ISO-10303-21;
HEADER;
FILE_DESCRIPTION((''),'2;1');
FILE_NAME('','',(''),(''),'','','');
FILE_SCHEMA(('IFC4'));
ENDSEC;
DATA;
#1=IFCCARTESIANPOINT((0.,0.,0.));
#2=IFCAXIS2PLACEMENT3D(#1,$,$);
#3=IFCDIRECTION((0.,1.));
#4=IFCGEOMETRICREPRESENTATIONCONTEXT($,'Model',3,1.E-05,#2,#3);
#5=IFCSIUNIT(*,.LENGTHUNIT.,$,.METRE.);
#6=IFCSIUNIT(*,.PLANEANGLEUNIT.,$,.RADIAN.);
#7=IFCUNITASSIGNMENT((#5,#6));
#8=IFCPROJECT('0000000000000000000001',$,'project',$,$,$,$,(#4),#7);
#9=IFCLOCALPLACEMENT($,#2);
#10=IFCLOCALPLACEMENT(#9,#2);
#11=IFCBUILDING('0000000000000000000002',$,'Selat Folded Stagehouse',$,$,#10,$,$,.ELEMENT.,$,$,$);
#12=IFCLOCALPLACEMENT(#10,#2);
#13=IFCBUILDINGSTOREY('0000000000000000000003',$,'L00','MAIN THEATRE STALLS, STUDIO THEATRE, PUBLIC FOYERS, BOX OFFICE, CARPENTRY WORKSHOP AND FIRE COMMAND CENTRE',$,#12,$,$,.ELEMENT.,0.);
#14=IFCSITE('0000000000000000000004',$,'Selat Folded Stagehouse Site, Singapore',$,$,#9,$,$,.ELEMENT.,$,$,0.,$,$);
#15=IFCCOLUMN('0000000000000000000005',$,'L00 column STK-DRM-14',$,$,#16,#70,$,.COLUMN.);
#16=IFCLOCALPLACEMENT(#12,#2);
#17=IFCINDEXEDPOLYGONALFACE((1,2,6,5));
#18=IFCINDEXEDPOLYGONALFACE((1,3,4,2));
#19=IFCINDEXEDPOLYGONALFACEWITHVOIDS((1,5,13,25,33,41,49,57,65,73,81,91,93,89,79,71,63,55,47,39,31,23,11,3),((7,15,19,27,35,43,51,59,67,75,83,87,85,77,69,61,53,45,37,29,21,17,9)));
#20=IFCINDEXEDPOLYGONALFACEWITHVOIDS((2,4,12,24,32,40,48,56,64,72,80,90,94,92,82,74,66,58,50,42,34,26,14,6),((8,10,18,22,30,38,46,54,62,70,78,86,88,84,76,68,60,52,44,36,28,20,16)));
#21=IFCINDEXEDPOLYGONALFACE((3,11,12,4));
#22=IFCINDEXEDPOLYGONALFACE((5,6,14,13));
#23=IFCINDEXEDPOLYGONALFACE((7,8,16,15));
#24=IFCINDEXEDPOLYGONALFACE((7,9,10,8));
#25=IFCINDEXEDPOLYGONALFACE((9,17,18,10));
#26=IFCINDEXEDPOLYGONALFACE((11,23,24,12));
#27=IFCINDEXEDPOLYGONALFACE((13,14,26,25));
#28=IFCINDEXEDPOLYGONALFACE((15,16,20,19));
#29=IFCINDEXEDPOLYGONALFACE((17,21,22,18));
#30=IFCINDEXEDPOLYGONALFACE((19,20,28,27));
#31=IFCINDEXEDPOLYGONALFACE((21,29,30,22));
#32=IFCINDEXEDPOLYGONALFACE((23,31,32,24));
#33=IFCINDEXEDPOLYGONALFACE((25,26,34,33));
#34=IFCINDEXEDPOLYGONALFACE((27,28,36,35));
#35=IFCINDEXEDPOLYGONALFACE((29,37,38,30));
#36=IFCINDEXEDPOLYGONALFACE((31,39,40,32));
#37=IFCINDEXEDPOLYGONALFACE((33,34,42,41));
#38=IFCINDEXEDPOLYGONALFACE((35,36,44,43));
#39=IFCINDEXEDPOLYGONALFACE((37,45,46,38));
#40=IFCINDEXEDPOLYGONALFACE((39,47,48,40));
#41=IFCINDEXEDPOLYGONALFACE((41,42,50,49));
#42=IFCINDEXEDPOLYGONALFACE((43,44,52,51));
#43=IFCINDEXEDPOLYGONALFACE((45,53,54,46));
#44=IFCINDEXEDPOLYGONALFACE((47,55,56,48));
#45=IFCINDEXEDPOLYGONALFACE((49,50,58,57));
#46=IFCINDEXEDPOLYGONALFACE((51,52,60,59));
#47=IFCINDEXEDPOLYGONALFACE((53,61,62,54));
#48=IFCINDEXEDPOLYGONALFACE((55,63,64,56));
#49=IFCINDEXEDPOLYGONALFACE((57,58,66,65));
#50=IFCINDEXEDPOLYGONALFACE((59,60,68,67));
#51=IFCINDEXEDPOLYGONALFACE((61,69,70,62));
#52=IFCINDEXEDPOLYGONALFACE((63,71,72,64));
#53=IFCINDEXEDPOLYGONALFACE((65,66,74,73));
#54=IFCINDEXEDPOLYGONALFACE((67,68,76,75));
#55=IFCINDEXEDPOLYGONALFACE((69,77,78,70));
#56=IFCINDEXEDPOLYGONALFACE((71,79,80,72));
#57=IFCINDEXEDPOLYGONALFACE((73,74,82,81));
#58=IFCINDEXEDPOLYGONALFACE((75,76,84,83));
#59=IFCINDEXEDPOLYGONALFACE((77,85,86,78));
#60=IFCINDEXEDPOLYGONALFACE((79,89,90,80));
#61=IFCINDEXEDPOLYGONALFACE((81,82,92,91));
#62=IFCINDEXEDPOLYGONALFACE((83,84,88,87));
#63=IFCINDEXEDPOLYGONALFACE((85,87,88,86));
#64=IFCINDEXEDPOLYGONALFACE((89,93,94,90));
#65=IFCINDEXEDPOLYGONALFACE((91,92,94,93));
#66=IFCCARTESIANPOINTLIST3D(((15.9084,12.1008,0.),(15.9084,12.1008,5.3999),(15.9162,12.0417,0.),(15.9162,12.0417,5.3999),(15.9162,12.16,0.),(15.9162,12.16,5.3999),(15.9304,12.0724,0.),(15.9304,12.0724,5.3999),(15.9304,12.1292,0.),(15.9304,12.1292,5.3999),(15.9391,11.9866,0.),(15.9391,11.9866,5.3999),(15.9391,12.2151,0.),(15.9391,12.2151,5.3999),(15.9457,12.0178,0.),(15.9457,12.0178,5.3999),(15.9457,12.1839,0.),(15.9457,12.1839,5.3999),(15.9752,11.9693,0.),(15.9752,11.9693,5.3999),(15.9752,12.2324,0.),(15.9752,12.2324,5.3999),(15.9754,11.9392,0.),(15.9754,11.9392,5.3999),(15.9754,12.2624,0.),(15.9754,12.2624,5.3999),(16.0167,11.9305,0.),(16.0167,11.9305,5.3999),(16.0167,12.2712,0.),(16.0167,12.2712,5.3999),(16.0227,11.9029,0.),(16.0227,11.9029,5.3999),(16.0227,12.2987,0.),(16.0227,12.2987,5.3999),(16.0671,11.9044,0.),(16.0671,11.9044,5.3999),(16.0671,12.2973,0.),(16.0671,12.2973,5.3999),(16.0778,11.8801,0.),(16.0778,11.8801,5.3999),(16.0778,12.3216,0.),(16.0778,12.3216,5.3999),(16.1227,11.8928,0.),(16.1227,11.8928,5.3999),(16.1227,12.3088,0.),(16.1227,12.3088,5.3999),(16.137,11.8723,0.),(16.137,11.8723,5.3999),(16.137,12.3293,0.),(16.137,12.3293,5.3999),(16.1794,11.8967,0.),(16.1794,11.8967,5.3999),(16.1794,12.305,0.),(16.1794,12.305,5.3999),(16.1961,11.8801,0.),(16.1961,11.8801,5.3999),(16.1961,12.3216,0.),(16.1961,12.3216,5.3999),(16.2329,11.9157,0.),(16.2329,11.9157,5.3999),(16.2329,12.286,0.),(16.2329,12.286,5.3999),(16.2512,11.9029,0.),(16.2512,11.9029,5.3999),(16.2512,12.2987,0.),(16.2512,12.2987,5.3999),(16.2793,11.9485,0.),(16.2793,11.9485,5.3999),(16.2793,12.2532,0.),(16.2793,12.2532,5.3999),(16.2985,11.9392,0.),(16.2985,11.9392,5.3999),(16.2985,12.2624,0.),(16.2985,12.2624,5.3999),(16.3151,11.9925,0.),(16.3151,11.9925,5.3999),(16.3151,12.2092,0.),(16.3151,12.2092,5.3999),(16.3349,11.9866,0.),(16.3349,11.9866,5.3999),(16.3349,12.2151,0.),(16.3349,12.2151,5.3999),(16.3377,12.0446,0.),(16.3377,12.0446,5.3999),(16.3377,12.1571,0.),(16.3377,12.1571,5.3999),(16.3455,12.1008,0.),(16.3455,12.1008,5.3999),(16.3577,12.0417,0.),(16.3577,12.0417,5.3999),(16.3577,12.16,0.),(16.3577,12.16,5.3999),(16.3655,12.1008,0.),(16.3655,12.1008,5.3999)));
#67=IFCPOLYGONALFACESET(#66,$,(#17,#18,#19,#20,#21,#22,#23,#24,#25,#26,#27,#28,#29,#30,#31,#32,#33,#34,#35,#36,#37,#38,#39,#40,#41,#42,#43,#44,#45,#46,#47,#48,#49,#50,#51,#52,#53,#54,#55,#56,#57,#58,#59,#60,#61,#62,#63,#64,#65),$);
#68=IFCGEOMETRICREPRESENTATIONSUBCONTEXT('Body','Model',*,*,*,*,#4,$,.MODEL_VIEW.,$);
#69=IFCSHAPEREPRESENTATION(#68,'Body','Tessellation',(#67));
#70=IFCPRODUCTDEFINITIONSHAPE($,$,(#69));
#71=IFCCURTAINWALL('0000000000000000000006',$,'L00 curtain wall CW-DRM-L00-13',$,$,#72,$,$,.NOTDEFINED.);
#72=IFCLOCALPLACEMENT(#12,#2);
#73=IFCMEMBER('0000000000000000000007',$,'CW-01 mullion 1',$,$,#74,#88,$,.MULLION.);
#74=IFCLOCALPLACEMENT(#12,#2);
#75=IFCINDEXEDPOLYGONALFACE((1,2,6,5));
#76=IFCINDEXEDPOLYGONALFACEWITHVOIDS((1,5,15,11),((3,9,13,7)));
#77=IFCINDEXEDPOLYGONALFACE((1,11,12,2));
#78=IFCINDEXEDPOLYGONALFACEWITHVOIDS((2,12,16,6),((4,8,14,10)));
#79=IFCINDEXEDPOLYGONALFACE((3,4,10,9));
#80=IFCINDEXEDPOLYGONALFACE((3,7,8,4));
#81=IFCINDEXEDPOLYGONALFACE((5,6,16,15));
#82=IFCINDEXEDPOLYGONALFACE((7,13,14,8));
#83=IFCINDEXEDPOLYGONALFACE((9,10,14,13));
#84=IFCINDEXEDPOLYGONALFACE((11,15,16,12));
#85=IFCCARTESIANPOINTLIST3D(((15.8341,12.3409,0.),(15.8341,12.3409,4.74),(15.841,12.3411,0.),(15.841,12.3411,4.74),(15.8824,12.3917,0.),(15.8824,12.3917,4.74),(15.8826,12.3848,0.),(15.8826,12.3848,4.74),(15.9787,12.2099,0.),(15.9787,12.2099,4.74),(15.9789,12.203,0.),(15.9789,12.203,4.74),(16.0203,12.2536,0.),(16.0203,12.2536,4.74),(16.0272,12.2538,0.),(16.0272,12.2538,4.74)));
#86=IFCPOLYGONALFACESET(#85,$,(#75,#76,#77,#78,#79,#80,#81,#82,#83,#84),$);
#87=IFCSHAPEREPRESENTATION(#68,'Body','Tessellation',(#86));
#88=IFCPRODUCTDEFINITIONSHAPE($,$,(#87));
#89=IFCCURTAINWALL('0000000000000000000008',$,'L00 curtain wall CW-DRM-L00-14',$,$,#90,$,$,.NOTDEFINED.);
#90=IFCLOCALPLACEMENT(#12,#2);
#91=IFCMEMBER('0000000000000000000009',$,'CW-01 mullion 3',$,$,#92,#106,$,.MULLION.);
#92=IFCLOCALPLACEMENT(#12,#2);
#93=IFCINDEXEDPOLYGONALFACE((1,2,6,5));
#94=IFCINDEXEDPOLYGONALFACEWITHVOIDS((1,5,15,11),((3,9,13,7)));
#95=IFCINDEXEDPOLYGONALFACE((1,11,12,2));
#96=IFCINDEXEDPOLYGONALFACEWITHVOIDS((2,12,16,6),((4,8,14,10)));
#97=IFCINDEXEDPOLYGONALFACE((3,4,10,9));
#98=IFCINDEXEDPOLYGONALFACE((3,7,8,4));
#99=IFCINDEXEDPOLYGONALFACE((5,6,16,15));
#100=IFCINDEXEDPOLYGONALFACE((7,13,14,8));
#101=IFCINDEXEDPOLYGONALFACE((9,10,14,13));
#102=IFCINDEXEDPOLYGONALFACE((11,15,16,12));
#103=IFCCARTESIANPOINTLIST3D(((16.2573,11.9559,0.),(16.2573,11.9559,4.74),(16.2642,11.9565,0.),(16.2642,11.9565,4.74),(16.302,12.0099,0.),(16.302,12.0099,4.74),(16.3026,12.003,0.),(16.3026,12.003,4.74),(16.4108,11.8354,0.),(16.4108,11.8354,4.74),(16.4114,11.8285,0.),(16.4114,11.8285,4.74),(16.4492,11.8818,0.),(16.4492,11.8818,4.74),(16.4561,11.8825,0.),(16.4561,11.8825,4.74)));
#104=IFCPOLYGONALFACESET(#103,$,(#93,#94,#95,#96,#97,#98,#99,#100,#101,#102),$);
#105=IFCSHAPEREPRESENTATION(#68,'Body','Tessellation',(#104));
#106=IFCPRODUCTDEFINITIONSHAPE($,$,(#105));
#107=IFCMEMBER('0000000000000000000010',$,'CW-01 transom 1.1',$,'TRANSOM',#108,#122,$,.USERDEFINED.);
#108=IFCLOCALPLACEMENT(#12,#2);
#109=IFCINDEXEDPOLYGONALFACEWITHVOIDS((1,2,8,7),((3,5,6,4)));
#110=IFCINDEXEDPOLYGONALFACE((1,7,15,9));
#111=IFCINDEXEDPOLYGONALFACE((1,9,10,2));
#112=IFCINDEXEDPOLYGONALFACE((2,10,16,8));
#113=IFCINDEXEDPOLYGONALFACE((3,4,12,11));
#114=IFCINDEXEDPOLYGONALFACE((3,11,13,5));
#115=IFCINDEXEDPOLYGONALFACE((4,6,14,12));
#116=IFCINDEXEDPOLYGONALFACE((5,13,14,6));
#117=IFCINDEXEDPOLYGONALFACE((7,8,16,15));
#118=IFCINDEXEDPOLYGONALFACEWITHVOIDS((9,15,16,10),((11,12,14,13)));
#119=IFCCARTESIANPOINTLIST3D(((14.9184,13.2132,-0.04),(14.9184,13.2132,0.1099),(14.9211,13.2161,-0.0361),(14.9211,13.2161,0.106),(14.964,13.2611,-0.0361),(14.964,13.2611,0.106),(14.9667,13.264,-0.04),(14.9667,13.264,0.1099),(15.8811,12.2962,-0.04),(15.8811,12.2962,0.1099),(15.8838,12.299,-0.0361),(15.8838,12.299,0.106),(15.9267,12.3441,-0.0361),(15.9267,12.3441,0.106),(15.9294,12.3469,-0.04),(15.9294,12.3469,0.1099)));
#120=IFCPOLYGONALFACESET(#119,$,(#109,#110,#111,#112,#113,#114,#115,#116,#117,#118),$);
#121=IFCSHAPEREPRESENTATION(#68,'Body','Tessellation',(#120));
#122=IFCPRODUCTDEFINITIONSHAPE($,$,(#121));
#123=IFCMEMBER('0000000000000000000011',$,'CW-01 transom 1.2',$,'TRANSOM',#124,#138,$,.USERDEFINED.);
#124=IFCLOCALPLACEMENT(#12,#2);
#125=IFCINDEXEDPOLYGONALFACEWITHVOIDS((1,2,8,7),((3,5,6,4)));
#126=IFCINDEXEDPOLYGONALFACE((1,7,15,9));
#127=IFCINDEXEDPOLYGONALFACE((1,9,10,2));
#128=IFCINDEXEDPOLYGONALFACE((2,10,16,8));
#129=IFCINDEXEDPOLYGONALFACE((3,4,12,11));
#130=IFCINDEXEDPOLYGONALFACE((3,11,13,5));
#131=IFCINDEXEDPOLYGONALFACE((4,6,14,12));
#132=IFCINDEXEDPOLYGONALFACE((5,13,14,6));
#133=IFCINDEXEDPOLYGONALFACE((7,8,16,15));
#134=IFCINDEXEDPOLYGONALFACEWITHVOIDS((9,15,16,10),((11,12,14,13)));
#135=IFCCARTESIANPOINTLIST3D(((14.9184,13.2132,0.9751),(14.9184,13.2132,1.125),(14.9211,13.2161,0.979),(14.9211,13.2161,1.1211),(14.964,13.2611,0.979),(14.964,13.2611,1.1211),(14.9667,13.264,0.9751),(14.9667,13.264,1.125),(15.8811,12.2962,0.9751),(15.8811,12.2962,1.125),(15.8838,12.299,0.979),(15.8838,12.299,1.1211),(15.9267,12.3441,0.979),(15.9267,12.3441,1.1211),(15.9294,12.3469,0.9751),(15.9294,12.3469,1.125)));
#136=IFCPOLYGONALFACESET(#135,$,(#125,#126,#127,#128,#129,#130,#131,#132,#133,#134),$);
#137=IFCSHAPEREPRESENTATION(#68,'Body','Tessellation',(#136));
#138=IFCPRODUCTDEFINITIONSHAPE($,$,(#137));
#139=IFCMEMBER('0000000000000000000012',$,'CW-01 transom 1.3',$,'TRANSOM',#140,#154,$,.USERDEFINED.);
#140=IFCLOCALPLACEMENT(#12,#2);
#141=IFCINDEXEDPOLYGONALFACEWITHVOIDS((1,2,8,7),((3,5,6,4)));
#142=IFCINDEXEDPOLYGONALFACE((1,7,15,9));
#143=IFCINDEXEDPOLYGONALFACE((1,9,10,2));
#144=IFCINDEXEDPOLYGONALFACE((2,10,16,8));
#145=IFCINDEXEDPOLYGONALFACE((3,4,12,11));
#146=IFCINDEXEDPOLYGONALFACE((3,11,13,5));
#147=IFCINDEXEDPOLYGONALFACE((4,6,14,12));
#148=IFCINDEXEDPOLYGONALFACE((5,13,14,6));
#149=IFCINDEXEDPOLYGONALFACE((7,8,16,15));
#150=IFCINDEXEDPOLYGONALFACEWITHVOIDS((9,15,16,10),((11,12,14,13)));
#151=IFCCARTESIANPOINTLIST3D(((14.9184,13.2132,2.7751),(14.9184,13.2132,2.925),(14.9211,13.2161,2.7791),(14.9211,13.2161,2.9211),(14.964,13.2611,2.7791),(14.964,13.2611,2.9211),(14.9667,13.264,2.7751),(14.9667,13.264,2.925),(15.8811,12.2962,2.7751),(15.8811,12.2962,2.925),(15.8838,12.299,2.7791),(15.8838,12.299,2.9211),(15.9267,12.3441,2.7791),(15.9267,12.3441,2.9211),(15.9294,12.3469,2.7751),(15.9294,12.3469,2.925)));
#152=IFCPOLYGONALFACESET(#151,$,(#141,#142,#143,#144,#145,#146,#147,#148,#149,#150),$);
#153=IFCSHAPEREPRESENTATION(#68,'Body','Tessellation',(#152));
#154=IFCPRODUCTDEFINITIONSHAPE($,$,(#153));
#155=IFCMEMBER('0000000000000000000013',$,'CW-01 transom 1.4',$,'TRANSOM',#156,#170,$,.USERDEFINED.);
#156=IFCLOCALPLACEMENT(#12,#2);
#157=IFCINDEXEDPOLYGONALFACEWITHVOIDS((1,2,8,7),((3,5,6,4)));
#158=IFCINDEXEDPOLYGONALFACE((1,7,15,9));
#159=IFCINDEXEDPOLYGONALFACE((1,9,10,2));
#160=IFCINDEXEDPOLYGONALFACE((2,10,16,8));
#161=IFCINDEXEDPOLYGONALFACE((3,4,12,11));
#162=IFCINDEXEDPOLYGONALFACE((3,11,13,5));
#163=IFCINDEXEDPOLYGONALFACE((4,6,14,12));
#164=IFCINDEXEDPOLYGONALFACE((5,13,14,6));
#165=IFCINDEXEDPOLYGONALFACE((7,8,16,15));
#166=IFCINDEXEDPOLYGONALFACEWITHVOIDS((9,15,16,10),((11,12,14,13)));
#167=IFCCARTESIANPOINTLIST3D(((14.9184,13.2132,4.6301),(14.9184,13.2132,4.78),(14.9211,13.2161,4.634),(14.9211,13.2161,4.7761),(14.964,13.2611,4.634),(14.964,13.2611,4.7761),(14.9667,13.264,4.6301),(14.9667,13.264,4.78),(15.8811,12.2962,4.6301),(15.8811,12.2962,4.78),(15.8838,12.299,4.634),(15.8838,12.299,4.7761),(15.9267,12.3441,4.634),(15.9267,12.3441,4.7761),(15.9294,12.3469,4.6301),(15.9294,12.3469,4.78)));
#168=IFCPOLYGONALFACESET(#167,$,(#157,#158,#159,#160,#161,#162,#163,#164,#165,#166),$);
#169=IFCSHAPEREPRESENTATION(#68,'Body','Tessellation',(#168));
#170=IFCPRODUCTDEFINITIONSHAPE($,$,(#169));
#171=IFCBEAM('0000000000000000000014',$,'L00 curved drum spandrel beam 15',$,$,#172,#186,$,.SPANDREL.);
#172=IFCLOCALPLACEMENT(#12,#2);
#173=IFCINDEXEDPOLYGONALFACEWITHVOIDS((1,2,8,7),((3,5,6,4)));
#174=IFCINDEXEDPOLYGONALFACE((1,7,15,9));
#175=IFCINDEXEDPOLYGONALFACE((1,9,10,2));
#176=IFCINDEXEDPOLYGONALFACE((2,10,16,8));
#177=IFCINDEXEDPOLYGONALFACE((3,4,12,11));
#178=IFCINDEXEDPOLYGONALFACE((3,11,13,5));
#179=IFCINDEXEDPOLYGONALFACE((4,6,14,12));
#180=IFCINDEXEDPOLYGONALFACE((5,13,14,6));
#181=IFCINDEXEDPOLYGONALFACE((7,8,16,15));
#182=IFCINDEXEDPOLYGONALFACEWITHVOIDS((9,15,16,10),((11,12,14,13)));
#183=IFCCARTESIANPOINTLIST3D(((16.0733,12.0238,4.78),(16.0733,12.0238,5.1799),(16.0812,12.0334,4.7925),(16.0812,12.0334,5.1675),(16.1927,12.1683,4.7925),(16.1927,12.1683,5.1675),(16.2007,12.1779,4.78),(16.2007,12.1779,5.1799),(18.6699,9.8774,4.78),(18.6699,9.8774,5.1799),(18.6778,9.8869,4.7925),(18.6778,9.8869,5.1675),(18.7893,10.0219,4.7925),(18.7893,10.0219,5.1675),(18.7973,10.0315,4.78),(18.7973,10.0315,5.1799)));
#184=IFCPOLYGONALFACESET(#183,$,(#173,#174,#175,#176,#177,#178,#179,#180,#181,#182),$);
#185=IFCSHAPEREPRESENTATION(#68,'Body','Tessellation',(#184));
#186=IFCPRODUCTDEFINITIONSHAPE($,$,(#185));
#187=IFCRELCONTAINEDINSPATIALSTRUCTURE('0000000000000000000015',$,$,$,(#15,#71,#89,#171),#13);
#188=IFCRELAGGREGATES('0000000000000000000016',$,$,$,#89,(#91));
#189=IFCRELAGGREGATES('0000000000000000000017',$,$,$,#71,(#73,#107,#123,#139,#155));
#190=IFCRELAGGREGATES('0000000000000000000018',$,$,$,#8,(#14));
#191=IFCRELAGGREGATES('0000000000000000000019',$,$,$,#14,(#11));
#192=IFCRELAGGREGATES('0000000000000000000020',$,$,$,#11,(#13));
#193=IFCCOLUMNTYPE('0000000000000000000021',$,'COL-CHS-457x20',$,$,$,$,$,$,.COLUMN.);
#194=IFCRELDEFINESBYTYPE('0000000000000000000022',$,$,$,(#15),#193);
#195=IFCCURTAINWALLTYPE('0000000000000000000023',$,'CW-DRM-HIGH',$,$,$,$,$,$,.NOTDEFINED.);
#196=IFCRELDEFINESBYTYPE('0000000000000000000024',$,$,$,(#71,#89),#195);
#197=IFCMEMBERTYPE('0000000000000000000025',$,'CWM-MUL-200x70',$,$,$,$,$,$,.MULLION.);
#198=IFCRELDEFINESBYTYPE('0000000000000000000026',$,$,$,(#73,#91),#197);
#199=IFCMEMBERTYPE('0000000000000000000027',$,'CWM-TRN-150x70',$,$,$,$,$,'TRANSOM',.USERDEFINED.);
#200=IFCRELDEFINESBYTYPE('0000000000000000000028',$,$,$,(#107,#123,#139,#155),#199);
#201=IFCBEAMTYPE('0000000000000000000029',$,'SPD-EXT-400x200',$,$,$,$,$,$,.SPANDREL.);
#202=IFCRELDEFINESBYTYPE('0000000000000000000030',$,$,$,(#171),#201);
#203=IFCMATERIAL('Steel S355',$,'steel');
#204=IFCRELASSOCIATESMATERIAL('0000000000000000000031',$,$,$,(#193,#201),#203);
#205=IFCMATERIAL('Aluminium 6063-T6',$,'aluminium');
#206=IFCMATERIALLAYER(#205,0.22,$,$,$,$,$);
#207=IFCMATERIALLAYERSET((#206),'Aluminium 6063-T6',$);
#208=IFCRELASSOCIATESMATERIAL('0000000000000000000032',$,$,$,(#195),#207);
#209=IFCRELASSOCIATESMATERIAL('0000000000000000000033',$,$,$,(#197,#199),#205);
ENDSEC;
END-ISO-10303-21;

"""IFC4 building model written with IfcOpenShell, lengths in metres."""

from ifc_helpers import new_model, si_unit, direction, frame, origin, origin_2d, place, context, subcontext, project, spatial, hollow_rectangle, hollow_circle, extrude, material, layer, layer_set, material_profile, profile_set, type_object, element, aggregate, save


model = new_model("IFC4")

# Units and contexts
model_context = context("Model", 3, precision=1e-05, world=origin(), true_north=direction((0.0, 1.0)))
body_context = subcontext(model_context, "Body", "Model", "MODEL_VIEW")
ifc_project = project(units=[si_unit("LENGTHUNIT", "METRE"), si_unit("PLANEANGLEUNIT", "RADIAN")], contexts=[model_context])

# Site, building, storey
site_placement = place(None, origin())
site = spatial("IfcSite", under=ifc_project, at=site_placement, Name="Selat Folded Stagehouse Site, Singapore", CompositionType="ELEMENT", RefElevation=0.0)
building_placement = place(site_placement, origin())
building = spatial("IfcBuilding", under=site, at=building_placement, Name="Selat Folded Stagehouse", CompositionType="ELEMENT")
storey_placement = place(building_placement, origin())
storey = spatial("IfcBuildingStorey", under=building, at=storey_placement, Name="L00", Description="MAIN THEATRE STALLS, STUDIO THEATRE, PUBLIC FOYERS, BOX OFFICE, CARPENTRY WORKSHOP AND FIRE COMMAND CENTRE", CompositionType="ELEMENT", Elevation=0.0)

# Column
ifc_material_1 = material(Name="Steel S355", Category="steel")
ifc_material_profile_1 = material_profile(ifc_material_1, hollow_circle(Radius=0.2285, WallThickness=0.02, at=origin_2d()), Name="CHS 457.0x20.0")
ifc_profile_set_1 = profile_set([ifc_material_profile_1], Name="Steel S355")
column_type = type_object("IfcColumnType", Name="COL-CHS-457x20", PredefinedType="COLUMN", material=ifc_profile_set_1)
column_placement = place(storey_placement, frame((16.137, 12.1008, 0.0), z_axis=(0.0, 0.0, 1.0), x_axis=(1.0, 0.0, 0.0)))
element("IfcColumn", 1, at=column_placement, inside=storey, type_object=column_type, Name="L00 column STK-DRM-14", PredefinedType="COLUMN", context=body_context, shape_type="SweptSolid", body=[
    extrude(hollow_circle(Radius=0.2285, WallThickness=0.02, at=origin_2d()), origin(), (0.0, 0.0, 1.0), 5.3999),
])

# Curtain walls, members
ifc_material_2 = material(Name="Aluminium 6063-T6", Category="aluminium")
ifc_layer_1 = layer(ifc_material_2, 0.22)
ifc_layer_set_1 = layer_set([ifc_layer_1], Name="Aluminium 6063-T6")
curtain_wall_type = type_object("IfcCurtainWallType", Name="CW-DRM-HIGH", PredefinedType="NOTDEFINED", material=ifc_layer_set_1)
curtain_wall_1_placement = place(storey_placement, origin())
curtain_wall_1 = element("IfcCurtainWall", 2, at=curtain_wall_1_placement, inside=storey, type_object=curtain_wall_type, Name="L00 curtain wall CW-DRM-L00-13", PredefinedType="NOTDEFINED")
ifc_material_profile_2 = material_profile(ifc_material_2, hollow_rectangle(XDim=0.0701, YDim=0.2, WallThickness=0.0049, at=origin_2d()), Name="ALU 200x70x5.0")
ifc_profile_set_2 = profile_set([ifc_material_profile_2], Name="Aluminium 6063-T6")
member_type_1 = type_object("IfcMemberType", Name="CWM-MUL-200x70", PredefinedType="MULLION", material=ifc_profile_set_2)
member_1_placement = place(storey_placement, frame((15.9307, 12.2974, 0.0), z_axis=(0.0, 0.0, 1.0), x_axis=(-0.689661, -0.724132, 0.0)))
member_1 = element("IfcMember", 3, at=member_1_placement, type_object=member_type_1, Name="CW-01 mullion 1", PredefinedType="MULLION", context=body_context, shape_type="SweptSolid", body=[
    extrude(hollow_rectangle(XDim=0.0701, YDim=0.2, WallThickness=0.0049, at=origin_2d()), origin(), (0.0, 0.0, 1.0), 4.74),
])
curtain_wall_2_placement = place(storey_placement, origin())
curtain_wall_2 = element("IfcCurtainWall", 4, at=curtain_wall_2_placement, inside=storey, type_object=curtain_wall_type, Name="L00 curtain wall CW-DRM-L00-14", PredefinedType="NOTDEFINED")
member_2_placement = place(storey_placement, frame((16.3567, 11.9192, 0.0), z_axis=(0.0, 0.0, 1.0), x_axis=(-0.637142, -0.770747, 0.0)))
member_2 = element("IfcMember", 5, at=member_2_placement, type_object=member_type_1, Name="CW-01 mullion 3", PredefinedType="MULLION", context=body_context, shape_type="SweptSolid", body=[
    extrude(hollow_rectangle(XDim=0.0701, YDim=0.2, WallThickness=0.0049, at=origin_2d()), origin(), (0.0, 0.0, 1.0), 4.74),
])
aggregate(curtain_wall_2, [member_2])

# Members
ifc_material_profile_3 = material_profile(ifc_material_2, hollow_rectangle(XDim=0.0701, YDim=0.1499, WallThickness=0.0039, at=origin_2d()), Name="ALU 150x70x4.0")
ifc_profile_set_3 = profile_set([ifc_material_profile_3], Name="Aluminium 6063-T6")
member_type_2 = type_object("IfcMemberType", Name="CWM-TRN-150x70", ElementType="TRANSOM", PredefinedType="USERDEFINED", material=ifc_profile_set_3)
member_3_placement = place(storey_placement, frame((15.9053, 12.3215, 0.0349), z_axis=(-0.724068, 0.689729, 0.0), x_axis=(-0.689729, -0.724068, 0.0)))
member_3 = element("IfcMember", 6, at=member_3_placement, type_object=member_type_2, Name="CW-01 transom 1.1", ObjectType="TRANSOM", PredefinedType="USERDEFINED", context=body_context, shape_type="SweptSolid", body=[
    extrude(hollow_rectangle(XDim=0.0701, YDim=0.1499, WallThickness=0.0039, at=origin_2d()), origin(), (0.0, 0.0, 1.0), 1.3296),
])
member_4_placement = place(storey_placement, frame((15.9053, 12.3215, 1.05), z_axis=(-0.724068, 0.689729, 0.0), x_axis=(-0.689729, -0.724068, 0.0)))
member_4 = element("IfcMember", 7, at=member_4_placement, type_object=member_type_2, Name="CW-01 transom 1.2", ObjectType="TRANSOM", PredefinedType="USERDEFINED", context=body_context, shape_type="SweptSolid", body=[
    extrude(hollow_rectangle(XDim=0.0701, YDim=0.1499, WallThickness=0.0039, at=origin_2d()), origin(), (0.0, 0.0, 1.0), 1.3296),
])
member_5_placement = place(storey_placement, frame((15.9053, 12.3215, 2.8501), z_axis=(-0.724068, 0.689729, 0.0), x_axis=(-0.689729, -0.724068, 0.0)))
member_5 = element("IfcMember", 8, at=member_5_placement, type_object=member_type_2, Name="CW-01 transom 1.3", ObjectType="TRANSOM", PredefinedType="USERDEFINED", context=body_context, shape_type="SweptSolid", body=[
    extrude(hollow_rectangle(XDim=0.0701, YDim=0.1499, WallThickness=0.0039, at=origin_2d()), origin(), (0.0, 0.0, 1.0), 1.3296),
])
member_6_placement = place(storey_placement, frame((15.9053, 12.3215, 4.7051), z_axis=(-0.724068, 0.689729, 0.0), x_axis=(-0.689729, -0.724068, 0.0)))
member_6 = element("IfcMember", 9, at=member_6_placement, type_object=member_type_2, Name="CW-01 transom 1.4", ObjectType="TRANSOM", PredefinedType="USERDEFINED", context=body_context, shape_type="SweptSolid", body=[
    extrude(hollow_rectangle(XDim=0.0701, YDim=0.1499, WallThickness=0.0039, at=origin_2d()), origin(), (0.0, 0.0, 1.0), 1.3296),
])

# Beam
ifc_material_profile_4 = material_profile(ifc_material_1, hollow_rectangle(XDim=0.2, YDim=0.3999, WallThickness=0.0125, at=origin_2d()), Name="RHS 400x200x12.5")
ifc_profile_set_4 = profile_set([ifc_material_profile_4], Name="Steel S355")
beam_type = type_object("IfcBeamType", Name="SPD-EXT-400x200", PredefinedType="SPANDREL", material=ifc_profile_set_4)
beam_placement = place(storey_placement, frame((16.137, 12.1008, 4.98), z_axis=(0.770758, -0.637129, 0.0), x_axis=(0.637129, 0.770758, 0.0)))
element("IfcBeam", 10, at=beam_placement, inside=storey, type_object=beam_type, Name="L00 curved drum spandrel beam 15", PredefinedType="SPANDREL", context=body_context, shape_type="SweptSolid", body=[
    extrude(hollow_rectangle(XDim=0.2, YDim=0.3999, WallThickness=0.0125, at=origin_2d()), origin(), (0.0, 0.0, 1.0), 3.3689),
])

aggregate(curtain_wall_1, [member_1, member_3, member_4, member_5, member_6])

save(model, "model.ifc")
